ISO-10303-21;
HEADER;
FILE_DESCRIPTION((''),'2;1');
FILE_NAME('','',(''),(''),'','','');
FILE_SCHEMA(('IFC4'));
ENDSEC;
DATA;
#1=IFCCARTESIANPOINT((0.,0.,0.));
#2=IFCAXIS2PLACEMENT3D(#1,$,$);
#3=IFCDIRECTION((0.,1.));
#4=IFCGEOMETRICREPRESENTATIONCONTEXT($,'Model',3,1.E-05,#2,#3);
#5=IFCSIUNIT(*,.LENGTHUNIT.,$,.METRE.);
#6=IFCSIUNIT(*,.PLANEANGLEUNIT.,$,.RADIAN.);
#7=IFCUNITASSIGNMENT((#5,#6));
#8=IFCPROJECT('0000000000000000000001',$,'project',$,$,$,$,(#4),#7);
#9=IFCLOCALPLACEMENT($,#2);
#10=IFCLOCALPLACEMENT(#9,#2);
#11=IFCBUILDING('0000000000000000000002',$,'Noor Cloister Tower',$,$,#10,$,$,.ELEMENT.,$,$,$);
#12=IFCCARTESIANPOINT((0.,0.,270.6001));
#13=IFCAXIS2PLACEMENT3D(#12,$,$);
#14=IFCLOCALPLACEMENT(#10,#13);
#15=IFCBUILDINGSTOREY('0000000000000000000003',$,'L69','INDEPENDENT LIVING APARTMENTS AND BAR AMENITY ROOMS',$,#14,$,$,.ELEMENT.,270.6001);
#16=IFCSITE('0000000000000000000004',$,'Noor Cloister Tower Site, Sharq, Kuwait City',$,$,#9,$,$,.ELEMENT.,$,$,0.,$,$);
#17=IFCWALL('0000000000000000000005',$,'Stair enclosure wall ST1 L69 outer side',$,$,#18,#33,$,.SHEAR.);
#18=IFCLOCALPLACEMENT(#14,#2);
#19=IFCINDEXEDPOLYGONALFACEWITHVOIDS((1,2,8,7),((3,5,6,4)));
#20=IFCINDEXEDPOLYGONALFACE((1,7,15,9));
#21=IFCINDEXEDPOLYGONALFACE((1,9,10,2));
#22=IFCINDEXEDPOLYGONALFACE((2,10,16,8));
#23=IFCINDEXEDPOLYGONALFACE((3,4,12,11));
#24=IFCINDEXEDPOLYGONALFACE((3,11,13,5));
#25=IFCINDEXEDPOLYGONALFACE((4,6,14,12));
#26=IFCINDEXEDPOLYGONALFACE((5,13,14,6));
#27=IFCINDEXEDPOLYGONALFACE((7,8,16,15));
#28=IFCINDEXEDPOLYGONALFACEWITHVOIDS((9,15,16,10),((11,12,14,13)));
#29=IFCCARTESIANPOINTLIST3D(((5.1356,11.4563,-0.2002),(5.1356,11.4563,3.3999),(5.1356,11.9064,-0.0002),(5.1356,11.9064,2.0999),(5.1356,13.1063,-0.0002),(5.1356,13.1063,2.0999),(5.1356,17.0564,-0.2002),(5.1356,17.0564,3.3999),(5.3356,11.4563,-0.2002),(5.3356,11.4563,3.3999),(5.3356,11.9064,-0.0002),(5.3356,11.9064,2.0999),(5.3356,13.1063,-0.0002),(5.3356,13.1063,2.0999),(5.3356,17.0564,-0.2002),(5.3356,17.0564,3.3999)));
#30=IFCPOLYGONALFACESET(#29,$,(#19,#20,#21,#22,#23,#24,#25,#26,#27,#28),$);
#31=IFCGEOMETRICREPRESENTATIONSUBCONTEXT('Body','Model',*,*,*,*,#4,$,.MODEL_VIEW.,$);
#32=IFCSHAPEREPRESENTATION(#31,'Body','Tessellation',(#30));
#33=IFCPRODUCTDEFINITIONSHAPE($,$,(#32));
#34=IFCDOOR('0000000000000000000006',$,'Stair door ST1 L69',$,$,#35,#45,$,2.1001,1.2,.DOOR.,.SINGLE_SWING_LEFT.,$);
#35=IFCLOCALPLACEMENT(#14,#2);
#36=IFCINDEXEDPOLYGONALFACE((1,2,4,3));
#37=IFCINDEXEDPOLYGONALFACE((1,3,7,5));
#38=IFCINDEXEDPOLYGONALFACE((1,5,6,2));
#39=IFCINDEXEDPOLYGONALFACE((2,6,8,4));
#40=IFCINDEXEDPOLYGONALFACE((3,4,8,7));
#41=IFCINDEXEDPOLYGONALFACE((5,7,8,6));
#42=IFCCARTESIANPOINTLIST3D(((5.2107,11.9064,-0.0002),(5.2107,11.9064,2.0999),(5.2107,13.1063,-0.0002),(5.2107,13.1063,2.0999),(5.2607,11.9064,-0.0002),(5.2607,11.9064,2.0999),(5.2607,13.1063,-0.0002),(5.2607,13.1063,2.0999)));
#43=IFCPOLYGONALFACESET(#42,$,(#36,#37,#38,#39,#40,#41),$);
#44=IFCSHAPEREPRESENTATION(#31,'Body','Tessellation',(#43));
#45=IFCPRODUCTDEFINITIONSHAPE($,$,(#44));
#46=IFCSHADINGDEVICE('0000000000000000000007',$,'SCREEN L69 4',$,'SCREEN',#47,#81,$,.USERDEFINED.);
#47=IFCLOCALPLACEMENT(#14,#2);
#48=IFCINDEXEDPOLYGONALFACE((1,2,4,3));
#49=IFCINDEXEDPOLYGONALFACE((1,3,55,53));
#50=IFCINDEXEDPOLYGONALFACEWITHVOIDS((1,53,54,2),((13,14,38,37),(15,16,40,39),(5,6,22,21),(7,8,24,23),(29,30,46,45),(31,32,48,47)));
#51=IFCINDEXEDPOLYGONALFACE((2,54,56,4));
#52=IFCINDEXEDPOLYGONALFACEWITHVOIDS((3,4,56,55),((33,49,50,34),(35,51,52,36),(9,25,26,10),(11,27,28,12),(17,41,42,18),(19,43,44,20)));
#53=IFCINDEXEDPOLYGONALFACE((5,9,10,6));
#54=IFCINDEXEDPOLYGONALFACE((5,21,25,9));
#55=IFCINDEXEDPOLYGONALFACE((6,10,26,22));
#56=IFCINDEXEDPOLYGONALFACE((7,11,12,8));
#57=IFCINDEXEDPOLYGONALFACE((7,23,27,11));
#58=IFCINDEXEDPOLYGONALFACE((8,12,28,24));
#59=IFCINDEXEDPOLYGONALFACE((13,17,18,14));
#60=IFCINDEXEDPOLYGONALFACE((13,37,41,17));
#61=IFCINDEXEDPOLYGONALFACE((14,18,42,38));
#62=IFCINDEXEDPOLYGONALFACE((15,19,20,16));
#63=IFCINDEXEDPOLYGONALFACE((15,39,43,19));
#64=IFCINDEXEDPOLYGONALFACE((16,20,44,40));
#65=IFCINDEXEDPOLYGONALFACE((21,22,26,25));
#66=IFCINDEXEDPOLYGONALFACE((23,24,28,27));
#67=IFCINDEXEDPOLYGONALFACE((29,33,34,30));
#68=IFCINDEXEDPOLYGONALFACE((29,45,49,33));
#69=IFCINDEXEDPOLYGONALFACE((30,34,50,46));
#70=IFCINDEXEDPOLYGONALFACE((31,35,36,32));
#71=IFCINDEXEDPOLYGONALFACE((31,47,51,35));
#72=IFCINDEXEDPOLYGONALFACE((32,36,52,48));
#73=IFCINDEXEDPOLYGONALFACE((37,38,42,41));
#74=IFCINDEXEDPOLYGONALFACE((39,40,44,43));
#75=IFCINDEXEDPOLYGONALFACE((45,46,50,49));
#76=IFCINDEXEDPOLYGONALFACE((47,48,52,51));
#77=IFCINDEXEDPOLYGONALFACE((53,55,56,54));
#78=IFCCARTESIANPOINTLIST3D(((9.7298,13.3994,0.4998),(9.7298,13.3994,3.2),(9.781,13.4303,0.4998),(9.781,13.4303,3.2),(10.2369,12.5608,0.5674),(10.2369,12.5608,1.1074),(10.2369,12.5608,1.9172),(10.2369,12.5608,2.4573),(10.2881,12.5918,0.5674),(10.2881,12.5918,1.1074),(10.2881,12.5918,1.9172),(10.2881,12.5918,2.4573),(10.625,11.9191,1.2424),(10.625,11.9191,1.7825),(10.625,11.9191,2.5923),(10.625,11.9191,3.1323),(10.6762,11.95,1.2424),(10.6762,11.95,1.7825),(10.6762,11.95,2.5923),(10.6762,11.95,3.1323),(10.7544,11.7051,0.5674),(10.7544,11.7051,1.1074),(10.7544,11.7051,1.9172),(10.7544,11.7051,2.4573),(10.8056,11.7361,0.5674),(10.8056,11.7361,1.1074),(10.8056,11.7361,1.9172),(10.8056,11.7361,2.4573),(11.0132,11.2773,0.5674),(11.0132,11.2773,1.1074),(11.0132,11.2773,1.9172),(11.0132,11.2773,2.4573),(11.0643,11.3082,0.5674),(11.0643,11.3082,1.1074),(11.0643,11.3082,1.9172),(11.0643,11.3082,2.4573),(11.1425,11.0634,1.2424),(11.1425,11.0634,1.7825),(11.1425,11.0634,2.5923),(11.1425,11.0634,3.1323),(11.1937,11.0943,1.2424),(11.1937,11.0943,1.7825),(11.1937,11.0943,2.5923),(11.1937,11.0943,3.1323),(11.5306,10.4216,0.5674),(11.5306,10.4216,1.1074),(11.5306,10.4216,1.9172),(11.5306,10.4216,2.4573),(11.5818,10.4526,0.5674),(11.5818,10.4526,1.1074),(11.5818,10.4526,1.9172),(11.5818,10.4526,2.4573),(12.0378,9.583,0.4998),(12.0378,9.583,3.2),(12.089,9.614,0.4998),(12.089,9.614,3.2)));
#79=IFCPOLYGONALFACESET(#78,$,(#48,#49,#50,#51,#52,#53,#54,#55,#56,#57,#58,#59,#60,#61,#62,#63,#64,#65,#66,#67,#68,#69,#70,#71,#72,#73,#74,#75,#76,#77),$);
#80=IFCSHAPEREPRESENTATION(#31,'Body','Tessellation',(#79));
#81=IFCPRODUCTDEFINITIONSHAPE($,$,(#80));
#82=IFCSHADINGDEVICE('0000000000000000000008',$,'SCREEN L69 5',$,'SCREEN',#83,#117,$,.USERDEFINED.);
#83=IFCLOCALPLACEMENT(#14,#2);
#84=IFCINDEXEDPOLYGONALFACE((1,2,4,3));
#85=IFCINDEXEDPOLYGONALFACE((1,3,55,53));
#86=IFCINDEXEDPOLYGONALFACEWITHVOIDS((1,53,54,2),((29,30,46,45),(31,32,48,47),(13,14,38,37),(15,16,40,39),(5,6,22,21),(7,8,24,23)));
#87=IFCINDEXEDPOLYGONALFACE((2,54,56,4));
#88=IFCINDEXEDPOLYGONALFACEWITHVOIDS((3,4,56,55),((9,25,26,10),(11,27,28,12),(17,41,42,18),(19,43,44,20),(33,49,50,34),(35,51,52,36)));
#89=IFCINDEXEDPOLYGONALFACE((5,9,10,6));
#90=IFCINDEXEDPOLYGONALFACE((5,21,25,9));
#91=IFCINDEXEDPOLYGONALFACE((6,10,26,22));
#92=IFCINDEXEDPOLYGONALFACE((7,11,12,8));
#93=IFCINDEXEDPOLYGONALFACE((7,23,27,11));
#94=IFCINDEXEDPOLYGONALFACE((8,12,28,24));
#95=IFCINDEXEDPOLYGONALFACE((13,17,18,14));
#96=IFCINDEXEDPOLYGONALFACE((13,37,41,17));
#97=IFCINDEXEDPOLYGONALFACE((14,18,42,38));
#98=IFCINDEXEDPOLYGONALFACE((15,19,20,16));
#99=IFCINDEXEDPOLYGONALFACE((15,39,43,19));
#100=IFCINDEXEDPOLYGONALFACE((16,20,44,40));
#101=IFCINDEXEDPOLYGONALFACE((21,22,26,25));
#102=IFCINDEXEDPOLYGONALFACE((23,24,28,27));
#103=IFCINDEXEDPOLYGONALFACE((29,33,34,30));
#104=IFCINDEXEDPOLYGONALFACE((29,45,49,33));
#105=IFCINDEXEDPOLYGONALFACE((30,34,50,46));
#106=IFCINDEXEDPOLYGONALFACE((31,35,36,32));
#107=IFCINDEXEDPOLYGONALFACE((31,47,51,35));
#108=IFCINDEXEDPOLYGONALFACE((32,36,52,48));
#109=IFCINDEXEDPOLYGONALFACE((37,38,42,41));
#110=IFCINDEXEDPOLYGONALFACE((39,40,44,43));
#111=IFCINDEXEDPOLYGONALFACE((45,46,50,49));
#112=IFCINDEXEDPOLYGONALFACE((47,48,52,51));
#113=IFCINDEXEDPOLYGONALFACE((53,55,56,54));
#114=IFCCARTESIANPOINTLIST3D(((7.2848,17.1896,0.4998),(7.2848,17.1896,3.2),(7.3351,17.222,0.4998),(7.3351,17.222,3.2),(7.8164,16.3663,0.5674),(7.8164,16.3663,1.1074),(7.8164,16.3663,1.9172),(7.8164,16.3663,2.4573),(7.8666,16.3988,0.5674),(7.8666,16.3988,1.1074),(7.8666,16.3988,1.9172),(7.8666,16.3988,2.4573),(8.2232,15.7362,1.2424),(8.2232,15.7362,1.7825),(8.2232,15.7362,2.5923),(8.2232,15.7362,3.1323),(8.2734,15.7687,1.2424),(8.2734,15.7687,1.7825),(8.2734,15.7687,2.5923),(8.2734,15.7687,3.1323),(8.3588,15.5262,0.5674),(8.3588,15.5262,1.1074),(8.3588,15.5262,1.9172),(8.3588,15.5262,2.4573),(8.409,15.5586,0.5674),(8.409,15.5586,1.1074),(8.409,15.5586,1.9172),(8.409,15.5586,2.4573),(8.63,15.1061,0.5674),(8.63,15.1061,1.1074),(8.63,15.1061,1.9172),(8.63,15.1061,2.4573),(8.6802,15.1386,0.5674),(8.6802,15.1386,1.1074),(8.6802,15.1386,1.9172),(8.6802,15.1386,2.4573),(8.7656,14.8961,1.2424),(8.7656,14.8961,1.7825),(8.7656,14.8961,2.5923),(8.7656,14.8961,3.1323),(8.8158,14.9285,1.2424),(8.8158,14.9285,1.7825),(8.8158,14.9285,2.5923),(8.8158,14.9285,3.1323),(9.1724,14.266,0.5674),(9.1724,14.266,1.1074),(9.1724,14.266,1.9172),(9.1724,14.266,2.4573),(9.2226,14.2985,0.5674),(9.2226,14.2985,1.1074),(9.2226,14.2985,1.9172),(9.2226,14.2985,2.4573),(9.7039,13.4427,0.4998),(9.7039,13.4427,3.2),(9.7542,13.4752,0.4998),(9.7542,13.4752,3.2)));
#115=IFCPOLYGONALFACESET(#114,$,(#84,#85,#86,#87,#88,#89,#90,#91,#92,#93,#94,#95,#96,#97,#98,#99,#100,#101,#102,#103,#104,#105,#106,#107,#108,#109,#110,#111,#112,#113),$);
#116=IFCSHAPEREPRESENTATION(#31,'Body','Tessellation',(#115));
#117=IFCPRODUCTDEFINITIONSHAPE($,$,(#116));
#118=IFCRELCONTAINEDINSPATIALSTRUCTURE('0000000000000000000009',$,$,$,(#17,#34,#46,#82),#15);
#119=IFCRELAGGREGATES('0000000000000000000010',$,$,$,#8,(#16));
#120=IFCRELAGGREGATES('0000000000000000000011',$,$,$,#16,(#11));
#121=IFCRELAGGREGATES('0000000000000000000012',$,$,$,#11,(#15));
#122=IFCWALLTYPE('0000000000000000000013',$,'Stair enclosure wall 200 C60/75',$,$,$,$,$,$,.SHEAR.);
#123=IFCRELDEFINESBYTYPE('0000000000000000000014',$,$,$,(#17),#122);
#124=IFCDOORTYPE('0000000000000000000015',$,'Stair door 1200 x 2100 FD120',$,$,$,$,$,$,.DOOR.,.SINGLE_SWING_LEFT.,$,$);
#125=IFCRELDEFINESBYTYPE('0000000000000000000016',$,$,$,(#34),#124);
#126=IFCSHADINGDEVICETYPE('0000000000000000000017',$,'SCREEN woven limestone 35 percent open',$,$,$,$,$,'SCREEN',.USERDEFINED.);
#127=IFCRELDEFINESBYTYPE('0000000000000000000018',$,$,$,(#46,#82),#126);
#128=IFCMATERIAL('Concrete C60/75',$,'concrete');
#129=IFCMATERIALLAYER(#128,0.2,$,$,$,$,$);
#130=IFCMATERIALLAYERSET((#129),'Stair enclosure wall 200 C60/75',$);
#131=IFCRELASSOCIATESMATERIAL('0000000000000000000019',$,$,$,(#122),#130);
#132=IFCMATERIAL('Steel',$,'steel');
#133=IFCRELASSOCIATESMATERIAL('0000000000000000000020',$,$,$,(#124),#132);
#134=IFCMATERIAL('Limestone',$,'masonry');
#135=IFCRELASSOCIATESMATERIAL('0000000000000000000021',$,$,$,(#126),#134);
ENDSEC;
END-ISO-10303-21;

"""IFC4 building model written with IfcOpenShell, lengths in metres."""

from ifc_helpers import new_model, si_unit, direction, frame, frame_2d, origin, place, context, subcontext, project, spatial, polyline, rectangle, outline, extrude, material, layer, layer_set, material_profile, profile_set, type_object, element, fill, save


model = new_model("IFC4")

# Units and contexts
model_context = context("Model", 3, precision=1e-05, world=origin(), true_north=direction((0.0, 1.0)))
body_context = subcontext(model_context, "Body", "Model", "MODEL_VIEW")
ifc_project = project(units=[si_unit("LENGTHUNIT", "METRE"), si_unit("PLANEANGLEUNIT", "RADIAN")], contexts=[model_context])

# Site, building, storey
site_placement = place(None, origin())
site = spatial("IfcSite", under=ifc_project, at=site_placement, Name="Noor Cloister Tower Site, Sharq, Kuwait City", CompositionType="ELEMENT", RefElevation=0.0)
building_placement = place(site_placement, origin())
building = spatial("IfcBuilding", under=site, at=building_placement, Name="Noor Cloister Tower", CompositionType="ELEMENT")
storey_placement = place(building_placement, frame((0.0, 0.0, 270.6001)))
storey = spatial("IfcBuildingStorey", under=building, at=storey_placement, Name="L69", Description="INDEPENDENT LIVING APARTMENTS AND BAR AMENITY ROOMS", CompositionType="ELEMENT", Elevation=270.6001)

# Wall, opening, door
ifc_material_1 = material(Name="Concrete C60/75", Category="concrete")
ifc_layer_1 = layer(ifc_material_1, 0.2)
ifc_layer_set_1 = layer_set([ifc_layer_1], Name="Stair enclosure wall 200 C60/75")
wall_type_1 = type_object("IfcWallType", Name="Stair enclosure wall 200 C60/75", PredefinedType="SHEAR", material=ifc_layer_set_1)
wall_1_placement = place(storey_placement, frame((5.2356, 11.4563, -0.2002), z_axis=(0.0, 0.0, 1.0), x_axis=(0.0, 1.0, 0.0)))
wall_1 = element("IfcWall", 1, at=wall_1_placement, inside=storey, type_object=wall_type_1, Name="Stair enclosure wall ST1 L69 outer side", PredefinedType="SHEAR", context=body_context, shape_type="SweptSolid", body=[
    extrude(rectangle(XDim=5.6001, YDim=0.2, at=frame_2d((2.8, 0.0))), origin(), (0.0, 0.0, 1.0), 3.6001),
])
opening_1_placement = place(wall_1_placement, frame((0.45, 0.0, 0.2)))
opening_1 = element("IfcOpeningElement", 2, at=opening_1_placement, cuts=wall_1, PredefinedType="OPENING", context=body_context, shape_type="SweptSolid", body=[
    extrude(rectangle(XDim=1.2, YDim=2.1001, at=frame_2d((0.6001, 1.05))), frame((0.0, 0.1099, 0.0), z_axis=(0.0, -1.0, 0.0), x_axis=(1.0, 0.0, 0.0)), (0.0, 0.0, 1.0), 0.22),
])
ifc_material_2 = material(Name="Steel", Category="steel")
door_type_1 = type_object("IfcDoorType", Name="Stair door 1200 x 2100 FD120", OperationType="SINGLE_SWING_LEFT", PredefinedType="DOOR", material=ifc_material_2)
door_1_placement = place(opening_1_placement, origin())
door_1 = element("IfcDoor", 3, at=door_1_placement, inside=storey, type_object=door_type_1, Name="Stair door ST1 L69", OperationType="SINGLE_SWING_LEFT", OverallHeight=2.1001, OverallWidth=1.2, PredefinedType="DOOR", context=body_context, shape_type="SweptSolid", body=[
    extrude(rectangle(XDim=1.2, YDim=2.1001, at=frame_2d((0.6001, 1.05))), frame((0.0, 0.0249, 0.0), z_axis=(0.0, -1.0, 0.0), x_axis=(1.0, 0.0, 0.0)), (0.0, 0.0, 1.0), 0.05),
])
fill(opening_1, door_1)

# Shading devices
ifc_material_3 = material(Name="Limestone", Category="masonry")
ifc_material_profile_1 = material_profile(ifc_material_3, outline(polyline([(-2.23, -1.3501), (2.23, -1.3501), (2.23, 1.3501), (-2.23, 1.3501), (-2.23, -1.3501)]), holes=[polyline([(-1.25, -1.2825), (-0.25, -1.2825), (-0.25, -0.7424), (-1.25, -0.7424), (-1.25, -1.2825)]), polyline([(0.25, -1.2825), (1.25, -1.2825), (1.25, -0.7424), (0.25, -0.7424), (0.25, -1.2825)]), polyline([(-0.5, -0.6074), (0.5, -0.6074), (0.5, -0.0674), (-0.5, -0.0674), (-0.5, -0.6074)]), polyline([(-1.25, 0.0674), (-0.25, 0.0674), (-0.25, 0.6074), (-1.25, 0.6074), (-1.25, 0.0674)]), polyline([(0.25, 0.0674), (1.25, 0.0674), (1.25, 0.6074), (0.25, 0.6074), (0.25, 0.0674)]), polyline([(-0.5, 0.7424), (0.5, 0.7424), (0.5, 1.2825), (-0.5, 1.2825), (-0.5, 0.7424)])]), Name="Woven screen 35 percent open")
ifc_profile_set_1 = profile_set([ifc_material_profile_1], Name="Limestone")
shading_device_type = type_object("IfcShadingDeviceType", Name="SCREEN woven limestone 35 percent open", ElementType="SCREEN", PredefinedType="USERDEFINED", material=ifc_profile_set_1)
for number, where, z_axis, x_axis, name in (
    (4, (10.8838, 11.4912, 1.8499), (0.85569, 0.517489, 0.0), (-0.517489, 0.85569, 0.0), "SCREEN L69 4"),
    (5, (8.4944, 15.3162, 1.8499), (0.840117, 0.542406, 0.0), (-0.542406, 0.840117, 0.0), "SCREEN L69 5"),
):
    element("IfcShadingDevice", number, at=place(storey_placement, frame(where, z_axis=z_axis, x_axis=x_axis)), inside=storey, type_object=shading_device_type, Name=name, ObjectType="SCREEN", PredefinedType="USERDEFINED", context=body_context, shape_type="SweptSolid", body=[
        extrude(outline(polyline([(-2.23, -1.3501), (2.23, -1.3501), (2.23, 1.3501), (-2.23, 1.3501), (-2.23, -1.3501)]), holes=[polyline([(-1.25, -1.2825), (-0.25, -1.2825), (-0.25, -0.7424), (-1.25, -0.7424), (-1.25, -1.2825)]), polyline([(0.25, -1.2825), (1.25, -1.2825), (1.25, -0.7424), (0.25, -0.7424), (0.25, -1.2825)]), polyline([(-0.5, -0.6074), (0.5, -0.6074), (0.5, -0.0674), (-0.5, -0.0674), (-0.5, -0.6074)]), polyline([(-1.25, 0.0674), (-0.25, 0.0674), (-0.25, 0.6074), (-1.25, 0.6074), (-1.25, 0.0674)]), polyline([(0.25, 0.0674), (1.25, 0.0674), (1.25, 0.6074), (0.25, 0.6074), (0.25, 0.0674)]), polyline([(-0.5, 0.7424), (0.5, 0.7424), (0.5, 1.2825), (-0.5, 1.2825), (-0.5, 0.7424)])]), origin(), (0.0, 0.0, 1.0), 0.0598),
    ])

save(model, "model.ifc")
